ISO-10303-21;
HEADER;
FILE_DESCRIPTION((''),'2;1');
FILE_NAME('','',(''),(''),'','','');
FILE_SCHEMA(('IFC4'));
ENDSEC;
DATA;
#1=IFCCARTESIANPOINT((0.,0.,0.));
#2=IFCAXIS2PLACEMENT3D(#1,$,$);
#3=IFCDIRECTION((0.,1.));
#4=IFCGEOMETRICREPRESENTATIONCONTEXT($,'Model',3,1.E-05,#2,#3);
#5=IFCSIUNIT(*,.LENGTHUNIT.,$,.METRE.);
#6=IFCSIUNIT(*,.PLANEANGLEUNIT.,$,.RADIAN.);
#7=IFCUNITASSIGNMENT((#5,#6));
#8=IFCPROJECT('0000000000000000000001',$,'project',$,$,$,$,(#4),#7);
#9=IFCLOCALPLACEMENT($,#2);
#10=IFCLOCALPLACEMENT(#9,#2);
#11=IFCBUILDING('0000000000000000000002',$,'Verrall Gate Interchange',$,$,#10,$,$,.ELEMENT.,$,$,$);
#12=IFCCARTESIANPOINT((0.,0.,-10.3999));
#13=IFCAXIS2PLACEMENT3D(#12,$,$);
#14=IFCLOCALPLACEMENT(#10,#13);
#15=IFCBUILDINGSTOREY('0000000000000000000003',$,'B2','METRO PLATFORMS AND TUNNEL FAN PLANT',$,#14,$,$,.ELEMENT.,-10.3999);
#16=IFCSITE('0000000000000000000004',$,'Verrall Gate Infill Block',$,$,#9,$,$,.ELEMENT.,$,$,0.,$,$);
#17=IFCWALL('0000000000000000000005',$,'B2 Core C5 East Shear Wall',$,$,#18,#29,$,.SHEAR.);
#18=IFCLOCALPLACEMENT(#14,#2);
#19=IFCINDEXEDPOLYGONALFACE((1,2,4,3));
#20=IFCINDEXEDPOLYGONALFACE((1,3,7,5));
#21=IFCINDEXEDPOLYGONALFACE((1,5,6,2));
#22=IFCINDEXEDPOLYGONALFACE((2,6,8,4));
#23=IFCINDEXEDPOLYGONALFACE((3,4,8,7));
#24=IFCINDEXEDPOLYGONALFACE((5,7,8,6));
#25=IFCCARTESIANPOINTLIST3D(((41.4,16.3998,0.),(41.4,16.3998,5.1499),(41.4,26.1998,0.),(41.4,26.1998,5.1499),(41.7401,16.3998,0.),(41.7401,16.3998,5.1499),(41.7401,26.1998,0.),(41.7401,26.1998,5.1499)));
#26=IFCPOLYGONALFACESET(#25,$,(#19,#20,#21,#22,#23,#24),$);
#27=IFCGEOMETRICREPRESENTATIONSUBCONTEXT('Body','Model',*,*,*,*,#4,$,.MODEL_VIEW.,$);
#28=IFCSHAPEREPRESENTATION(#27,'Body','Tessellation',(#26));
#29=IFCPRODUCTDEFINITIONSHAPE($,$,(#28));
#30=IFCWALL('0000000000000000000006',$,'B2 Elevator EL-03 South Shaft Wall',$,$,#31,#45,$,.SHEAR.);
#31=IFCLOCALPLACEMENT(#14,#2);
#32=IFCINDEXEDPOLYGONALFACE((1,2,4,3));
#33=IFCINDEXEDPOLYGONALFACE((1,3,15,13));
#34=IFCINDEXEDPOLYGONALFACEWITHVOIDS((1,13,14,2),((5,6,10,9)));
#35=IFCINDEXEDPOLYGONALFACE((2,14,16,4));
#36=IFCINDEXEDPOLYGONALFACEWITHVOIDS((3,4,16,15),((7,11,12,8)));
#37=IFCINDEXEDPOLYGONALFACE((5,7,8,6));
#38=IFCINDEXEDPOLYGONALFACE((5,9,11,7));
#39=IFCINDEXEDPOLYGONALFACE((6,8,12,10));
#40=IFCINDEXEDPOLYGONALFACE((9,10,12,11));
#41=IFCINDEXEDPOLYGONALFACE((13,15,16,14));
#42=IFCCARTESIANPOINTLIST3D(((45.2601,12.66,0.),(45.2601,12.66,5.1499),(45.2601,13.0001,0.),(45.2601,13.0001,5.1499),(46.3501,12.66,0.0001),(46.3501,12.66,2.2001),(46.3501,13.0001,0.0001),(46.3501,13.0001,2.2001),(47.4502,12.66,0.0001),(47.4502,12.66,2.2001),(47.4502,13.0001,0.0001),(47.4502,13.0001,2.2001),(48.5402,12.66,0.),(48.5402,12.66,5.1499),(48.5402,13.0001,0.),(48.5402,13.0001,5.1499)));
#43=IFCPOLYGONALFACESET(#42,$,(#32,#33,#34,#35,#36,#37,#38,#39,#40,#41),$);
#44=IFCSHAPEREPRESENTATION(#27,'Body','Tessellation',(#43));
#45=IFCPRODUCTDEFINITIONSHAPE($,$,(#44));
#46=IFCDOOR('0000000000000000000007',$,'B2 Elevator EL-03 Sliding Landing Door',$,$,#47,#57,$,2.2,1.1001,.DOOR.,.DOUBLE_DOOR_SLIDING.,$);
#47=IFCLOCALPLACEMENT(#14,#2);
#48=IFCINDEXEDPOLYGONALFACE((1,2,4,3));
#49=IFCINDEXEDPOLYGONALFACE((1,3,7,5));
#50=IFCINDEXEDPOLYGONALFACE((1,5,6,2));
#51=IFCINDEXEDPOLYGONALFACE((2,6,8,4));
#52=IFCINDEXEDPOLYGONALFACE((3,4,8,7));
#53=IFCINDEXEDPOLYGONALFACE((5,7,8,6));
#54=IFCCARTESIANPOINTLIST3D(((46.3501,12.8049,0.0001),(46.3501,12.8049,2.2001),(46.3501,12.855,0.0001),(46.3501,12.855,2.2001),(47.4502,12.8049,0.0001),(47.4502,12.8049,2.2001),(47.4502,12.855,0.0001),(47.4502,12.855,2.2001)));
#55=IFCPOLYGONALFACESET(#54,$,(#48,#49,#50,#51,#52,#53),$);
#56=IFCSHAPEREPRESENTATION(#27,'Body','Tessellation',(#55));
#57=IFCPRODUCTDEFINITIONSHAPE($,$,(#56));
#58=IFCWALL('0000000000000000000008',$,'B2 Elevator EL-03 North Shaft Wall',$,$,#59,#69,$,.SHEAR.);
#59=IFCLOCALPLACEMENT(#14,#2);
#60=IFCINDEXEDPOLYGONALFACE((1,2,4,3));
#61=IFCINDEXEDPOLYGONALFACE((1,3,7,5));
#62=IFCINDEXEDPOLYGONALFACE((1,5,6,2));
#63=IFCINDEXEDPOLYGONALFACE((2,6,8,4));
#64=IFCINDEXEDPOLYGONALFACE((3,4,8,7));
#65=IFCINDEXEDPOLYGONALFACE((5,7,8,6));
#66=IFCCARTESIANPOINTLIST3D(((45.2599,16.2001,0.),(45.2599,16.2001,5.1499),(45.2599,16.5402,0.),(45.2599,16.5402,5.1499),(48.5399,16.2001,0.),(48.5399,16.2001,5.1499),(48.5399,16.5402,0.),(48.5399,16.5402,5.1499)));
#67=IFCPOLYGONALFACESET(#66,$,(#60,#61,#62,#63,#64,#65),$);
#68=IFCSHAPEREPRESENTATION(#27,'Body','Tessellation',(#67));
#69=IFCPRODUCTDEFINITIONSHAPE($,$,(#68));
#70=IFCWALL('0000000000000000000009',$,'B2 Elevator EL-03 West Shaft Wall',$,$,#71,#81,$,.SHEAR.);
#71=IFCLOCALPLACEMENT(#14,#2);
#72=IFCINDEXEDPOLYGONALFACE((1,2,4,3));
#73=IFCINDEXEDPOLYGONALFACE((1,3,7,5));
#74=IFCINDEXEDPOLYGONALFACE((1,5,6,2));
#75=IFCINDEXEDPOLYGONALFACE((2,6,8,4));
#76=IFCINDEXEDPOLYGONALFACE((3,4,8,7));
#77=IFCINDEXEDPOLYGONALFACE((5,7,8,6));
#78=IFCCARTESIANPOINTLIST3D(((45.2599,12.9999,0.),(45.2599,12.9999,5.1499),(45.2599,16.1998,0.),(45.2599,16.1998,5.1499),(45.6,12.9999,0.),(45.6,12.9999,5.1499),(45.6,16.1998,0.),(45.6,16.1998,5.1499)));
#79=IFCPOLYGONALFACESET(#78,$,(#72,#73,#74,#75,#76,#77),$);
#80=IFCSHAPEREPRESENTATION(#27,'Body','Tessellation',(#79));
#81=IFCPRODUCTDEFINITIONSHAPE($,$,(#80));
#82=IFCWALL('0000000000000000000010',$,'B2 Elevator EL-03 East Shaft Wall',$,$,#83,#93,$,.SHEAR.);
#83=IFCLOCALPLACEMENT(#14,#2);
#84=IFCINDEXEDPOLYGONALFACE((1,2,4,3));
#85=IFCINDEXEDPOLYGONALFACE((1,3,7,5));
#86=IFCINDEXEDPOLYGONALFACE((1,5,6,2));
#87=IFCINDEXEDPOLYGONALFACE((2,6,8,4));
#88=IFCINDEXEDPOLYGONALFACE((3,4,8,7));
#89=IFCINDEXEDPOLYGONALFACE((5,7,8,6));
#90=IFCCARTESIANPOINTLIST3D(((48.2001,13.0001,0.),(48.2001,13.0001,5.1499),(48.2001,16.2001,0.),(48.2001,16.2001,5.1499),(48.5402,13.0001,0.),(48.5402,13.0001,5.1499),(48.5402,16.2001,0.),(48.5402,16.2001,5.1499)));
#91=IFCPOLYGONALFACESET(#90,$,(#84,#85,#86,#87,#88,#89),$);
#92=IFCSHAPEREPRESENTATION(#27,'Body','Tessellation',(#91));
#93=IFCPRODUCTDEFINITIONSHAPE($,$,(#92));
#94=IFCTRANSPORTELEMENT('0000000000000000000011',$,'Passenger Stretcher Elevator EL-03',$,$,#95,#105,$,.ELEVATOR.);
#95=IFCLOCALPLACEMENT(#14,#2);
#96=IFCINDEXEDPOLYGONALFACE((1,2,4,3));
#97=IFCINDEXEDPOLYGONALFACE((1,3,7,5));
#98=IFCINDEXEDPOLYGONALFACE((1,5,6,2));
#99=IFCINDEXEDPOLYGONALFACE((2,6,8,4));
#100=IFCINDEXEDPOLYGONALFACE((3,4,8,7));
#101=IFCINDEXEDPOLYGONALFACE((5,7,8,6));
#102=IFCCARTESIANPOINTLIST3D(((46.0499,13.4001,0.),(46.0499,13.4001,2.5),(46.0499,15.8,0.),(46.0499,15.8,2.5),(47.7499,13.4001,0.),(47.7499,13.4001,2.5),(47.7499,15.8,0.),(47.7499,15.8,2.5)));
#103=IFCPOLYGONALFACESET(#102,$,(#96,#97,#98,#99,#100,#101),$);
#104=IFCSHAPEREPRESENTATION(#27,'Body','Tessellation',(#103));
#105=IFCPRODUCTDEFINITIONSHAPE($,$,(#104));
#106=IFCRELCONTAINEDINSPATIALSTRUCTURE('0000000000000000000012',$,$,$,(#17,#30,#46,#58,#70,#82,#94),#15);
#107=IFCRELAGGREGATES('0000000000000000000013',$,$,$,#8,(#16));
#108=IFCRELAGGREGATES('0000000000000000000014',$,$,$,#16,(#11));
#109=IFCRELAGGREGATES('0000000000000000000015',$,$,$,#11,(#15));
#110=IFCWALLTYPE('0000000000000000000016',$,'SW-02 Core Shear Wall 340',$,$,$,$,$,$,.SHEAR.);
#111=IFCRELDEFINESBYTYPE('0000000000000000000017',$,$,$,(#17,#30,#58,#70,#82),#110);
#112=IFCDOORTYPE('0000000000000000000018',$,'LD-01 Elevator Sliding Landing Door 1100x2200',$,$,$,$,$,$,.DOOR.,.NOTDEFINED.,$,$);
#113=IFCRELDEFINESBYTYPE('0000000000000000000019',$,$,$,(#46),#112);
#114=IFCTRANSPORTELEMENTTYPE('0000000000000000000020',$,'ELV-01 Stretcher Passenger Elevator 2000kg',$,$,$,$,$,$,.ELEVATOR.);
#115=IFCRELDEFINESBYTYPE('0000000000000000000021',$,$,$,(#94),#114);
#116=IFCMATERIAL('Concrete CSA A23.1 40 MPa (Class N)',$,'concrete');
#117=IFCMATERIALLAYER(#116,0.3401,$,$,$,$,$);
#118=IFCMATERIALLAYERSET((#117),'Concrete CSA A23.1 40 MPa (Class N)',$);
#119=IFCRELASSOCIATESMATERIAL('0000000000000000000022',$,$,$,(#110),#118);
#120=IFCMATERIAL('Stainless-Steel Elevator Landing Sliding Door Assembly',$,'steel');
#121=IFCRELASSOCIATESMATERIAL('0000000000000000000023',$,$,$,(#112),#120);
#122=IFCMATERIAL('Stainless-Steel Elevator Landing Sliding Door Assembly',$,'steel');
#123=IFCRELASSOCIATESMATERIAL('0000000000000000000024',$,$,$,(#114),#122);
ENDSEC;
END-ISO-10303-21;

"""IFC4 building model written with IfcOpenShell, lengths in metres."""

from ifc_helpers import new_model, si_unit, direction, frame, frame_2d, origin, origin_2d, place, context, subcontext, project, spatial, rectangle, extrude, material, layer, layer_set, type_object, element, fill, save


model = new_model("IFC4")

# Units and contexts
model_context = context("Model", 3, precision=1e-05, world=origin(), true_north=direction((0.0, 1.0)))
body_context = subcontext(model_context, "Body", "Model", "MODEL_VIEW")
ifc_project = project(units=[si_unit("LENGTHUNIT", "METRE"), si_unit("PLANEANGLEUNIT", "RADIAN")], contexts=[model_context])

# Site, building, storey
site_placement = place(None, origin())
site = spatial("IfcSite", under=ifc_project, at=site_placement, Name="Verrall Gate Infill Block", CompositionType="ELEMENT", RefElevation=0.0)
building_placement = place(site_placement, origin())
building = spatial("IfcBuilding", under=site, at=building_placement, Name="Verrall Gate Interchange", CompositionType="ELEMENT")
storey_placement = place(building_placement, frame((0.0, 0.0, -10.3999)))
storey = spatial("IfcBuildingStorey", under=building, at=storey_placement, Name="B2", Description="METRO PLATFORMS AND TUNNEL FAN PLANT", CompositionType="ELEMENT", Elevation=-10.3999)

# Wall
ifc_material_1 = material(Name="Concrete CSA A23.1 40 MPa (Class N)", Category="concrete")
ifc_layer_1 = layer(ifc_material_1, 0.3401)
ifc_layer_set_1 = layer_set([ifc_layer_1], Name="Concrete CSA A23.1 40 MPa (Class N)")
wall_type_1 = type_object("IfcWallType", Name="SW-02 Core Shear Wall 340", PredefinedType="SHEAR", material=ifc_layer_set_1)
wall_1_placement = place(storey_placement, frame((41.5701, 16.3999, 0.0), z_axis=(0.0, 0.0, 1.0), x_axis=(0.0, 1.0, 0.0)))
element("IfcWall", 1, at=wall_1_placement, inside=storey, type_object=wall_type_1, Name="B2 Core C5 East Shear Wall", PredefinedType="SHEAR", context=body_context, shape_type="SweptSolid", body=[
    extrude(rectangle(XDim=9.8, YDim=0.3401, at=frame_2d((4.8999, 0.0))), origin(), (0.0, 0.0, 1.0), 5.1499),
])

# Wall, opening, door
wall_2_placement = place(storey_placement, frame((45.26, 12.8301, 0.0), z_axis=(0.0, 0.0, 1.0), x_axis=(1.0, 0.0, 0.0)))
wall_2 = element("IfcWall", 2, at=wall_2_placement, inside=storey, type_object=wall_type_1, Name="B2 Elevator EL-03 South Shaft Wall", PredefinedType="SHEAR", context=body_context, shape_type="SweptSolid", body=[
    extrude(rectangle(XDim=3.28, YDim=0.3401, at=frame_2d((1.6401, 0.0))), origin(), (0.0, 0.0, 1.0), 5.1499),
])
opening_1_placement = place(wall_2_placement, frame((1.0901, 0.0, 0.0)))
opening_1 = element("IfcOpeningElement", 3, at=opening_1_placement, cuts=wall_2, PredefinedType="OPENING", context=body_context, shape_type="SweptSolid", body=[
    extrude(rectangle(XDim=1.1001, YDim=2.2, at=frame_2d((0.55, 1.1001))), frame((0.0, 0.1851, 0.0), z_axis=(0.0, -1.0, 0.0), x_axis=(1.0, 0.0, 0.0)), (0.0, 0.0, 1.0), 0.3699),
])
ifc_material_2 = material(Name="Stainless-Steel Elevator Landing Sliding Door Assembly", Category="steel")
door_type_1 = type_object("IfcDoorType", Name="LD-01 Elevator Sliding Landing Door 1100x2200", OperationType="NOTDEFINED", PredefinedType="DOOR", material=ifc_material_2)
door_1_placement = place(opening_1_placement, origin())
door_1 = element("IfcDoor", 4, at=door_1_placement, inside=storey, type_object=door_type_1, Name="B2 Elevator EL-03 Sliding Landing Door", OperationType="DOUBLE_DOOR_SLIDING", OverallHeight=2.2, OverallWidth=1.1001, PredefinedType="DOOR", context=body_context, shape_type="SweptSolid", body=[
    extrude(rectangle(XDim=1.1001, YDim=2.2, at=frame_2d((0.55, 1.1001))), frame((0.0, 0.0249, 0.0), z_axis=(0.0, -1.0, 0.0), x_axis=(1.0, 0.0, 0.0)), (0.0, 0.0, 1.0), 0.05),
])
fill(opening_1, door_1)

# Walls
wall_3_placement = place(storey_placement, frame((48.54, 16.3701, 0.0), z_axis=(0.0, 0.0, 1.0), x_axis=(-1.0, 0.0, 0.0)))
element("IfcWall", 5, at=wall_3_placement, inside=storey, type_object=wall_type_1, Name="B2 Elevator EL-03 North Shaft Wall", PredefinedType="SHEAR", context=body_context, shape_type="SweptSolid", body=[
    extrude(rectangle(XDim=3.28, YDim=0.3401, at=frame_2d((1.6401, 0.0))), origin(), (0.0, 0.0, 1.0), 5.1499),
])
for number, where, z_axis, x_axis, name in (
    (6, (45.4299, 16.2, 0.0), (0.0, 0.0, 1.0), (0.0, -1.0, 0.0), "B2 Elevator EL-03 West Shaft Wall"),
    (7, (48.3701, 13.0, 0.0), (0.0, 0.0, 1.0), (0.0, 1.0, 0.0), "B2 Elevator EL-03 East Shaft Wall"),
):
    element("IfcWall", number, at=place(storey_placement, frame(where, z_axis=z_axis, x_axis=x_axis)), inside=storey, type_object=wall_type_1, Name=name, PredefinedType="SHEAR", context=body_context, shape_type="SweptSolid", body=[
        extrude(rectangle(XDim=3.2, YDim=0.3401, at=frame_2d((1.6001, 0.0))), origin(), (0.0, 0.0, 1.0), 5.1499),
    ])

# Transport element
ifc_material_3 = material(Name="Stainless-Steel Elevator Landing Sliding Door Assembly", Category="steel")
transport_element_type = type_object("IfcTransportElementType", Name="ELV-01 Stretcher Passenger Elevator 2000kg", PredefinedType="ELEVATOR", material=ifc_material_3)
transport_element_placement = place(storey_placement, frame((46.8999, 14.6001, 0.0), z_axis=(0.0, 0.0, 1.0), x_axis=(1.0, 0.0, 0.0)))
element("IfcTransportElement", 8, at=transport_element_placement, inside=storey, type_object=transport_element_type, Name="Passenger Stretcher Elevator EL-03", PredefinedType="ELEVATOR", context=body_context, shape_type="SweptSolid", body=[
    extrude(rectangle(XDim=1.7, YDim=2.3999, at=origin_2d()), origin(), (0.0, 0.0, 1.0), 2.5),
])

save(model, "model.ifc")
